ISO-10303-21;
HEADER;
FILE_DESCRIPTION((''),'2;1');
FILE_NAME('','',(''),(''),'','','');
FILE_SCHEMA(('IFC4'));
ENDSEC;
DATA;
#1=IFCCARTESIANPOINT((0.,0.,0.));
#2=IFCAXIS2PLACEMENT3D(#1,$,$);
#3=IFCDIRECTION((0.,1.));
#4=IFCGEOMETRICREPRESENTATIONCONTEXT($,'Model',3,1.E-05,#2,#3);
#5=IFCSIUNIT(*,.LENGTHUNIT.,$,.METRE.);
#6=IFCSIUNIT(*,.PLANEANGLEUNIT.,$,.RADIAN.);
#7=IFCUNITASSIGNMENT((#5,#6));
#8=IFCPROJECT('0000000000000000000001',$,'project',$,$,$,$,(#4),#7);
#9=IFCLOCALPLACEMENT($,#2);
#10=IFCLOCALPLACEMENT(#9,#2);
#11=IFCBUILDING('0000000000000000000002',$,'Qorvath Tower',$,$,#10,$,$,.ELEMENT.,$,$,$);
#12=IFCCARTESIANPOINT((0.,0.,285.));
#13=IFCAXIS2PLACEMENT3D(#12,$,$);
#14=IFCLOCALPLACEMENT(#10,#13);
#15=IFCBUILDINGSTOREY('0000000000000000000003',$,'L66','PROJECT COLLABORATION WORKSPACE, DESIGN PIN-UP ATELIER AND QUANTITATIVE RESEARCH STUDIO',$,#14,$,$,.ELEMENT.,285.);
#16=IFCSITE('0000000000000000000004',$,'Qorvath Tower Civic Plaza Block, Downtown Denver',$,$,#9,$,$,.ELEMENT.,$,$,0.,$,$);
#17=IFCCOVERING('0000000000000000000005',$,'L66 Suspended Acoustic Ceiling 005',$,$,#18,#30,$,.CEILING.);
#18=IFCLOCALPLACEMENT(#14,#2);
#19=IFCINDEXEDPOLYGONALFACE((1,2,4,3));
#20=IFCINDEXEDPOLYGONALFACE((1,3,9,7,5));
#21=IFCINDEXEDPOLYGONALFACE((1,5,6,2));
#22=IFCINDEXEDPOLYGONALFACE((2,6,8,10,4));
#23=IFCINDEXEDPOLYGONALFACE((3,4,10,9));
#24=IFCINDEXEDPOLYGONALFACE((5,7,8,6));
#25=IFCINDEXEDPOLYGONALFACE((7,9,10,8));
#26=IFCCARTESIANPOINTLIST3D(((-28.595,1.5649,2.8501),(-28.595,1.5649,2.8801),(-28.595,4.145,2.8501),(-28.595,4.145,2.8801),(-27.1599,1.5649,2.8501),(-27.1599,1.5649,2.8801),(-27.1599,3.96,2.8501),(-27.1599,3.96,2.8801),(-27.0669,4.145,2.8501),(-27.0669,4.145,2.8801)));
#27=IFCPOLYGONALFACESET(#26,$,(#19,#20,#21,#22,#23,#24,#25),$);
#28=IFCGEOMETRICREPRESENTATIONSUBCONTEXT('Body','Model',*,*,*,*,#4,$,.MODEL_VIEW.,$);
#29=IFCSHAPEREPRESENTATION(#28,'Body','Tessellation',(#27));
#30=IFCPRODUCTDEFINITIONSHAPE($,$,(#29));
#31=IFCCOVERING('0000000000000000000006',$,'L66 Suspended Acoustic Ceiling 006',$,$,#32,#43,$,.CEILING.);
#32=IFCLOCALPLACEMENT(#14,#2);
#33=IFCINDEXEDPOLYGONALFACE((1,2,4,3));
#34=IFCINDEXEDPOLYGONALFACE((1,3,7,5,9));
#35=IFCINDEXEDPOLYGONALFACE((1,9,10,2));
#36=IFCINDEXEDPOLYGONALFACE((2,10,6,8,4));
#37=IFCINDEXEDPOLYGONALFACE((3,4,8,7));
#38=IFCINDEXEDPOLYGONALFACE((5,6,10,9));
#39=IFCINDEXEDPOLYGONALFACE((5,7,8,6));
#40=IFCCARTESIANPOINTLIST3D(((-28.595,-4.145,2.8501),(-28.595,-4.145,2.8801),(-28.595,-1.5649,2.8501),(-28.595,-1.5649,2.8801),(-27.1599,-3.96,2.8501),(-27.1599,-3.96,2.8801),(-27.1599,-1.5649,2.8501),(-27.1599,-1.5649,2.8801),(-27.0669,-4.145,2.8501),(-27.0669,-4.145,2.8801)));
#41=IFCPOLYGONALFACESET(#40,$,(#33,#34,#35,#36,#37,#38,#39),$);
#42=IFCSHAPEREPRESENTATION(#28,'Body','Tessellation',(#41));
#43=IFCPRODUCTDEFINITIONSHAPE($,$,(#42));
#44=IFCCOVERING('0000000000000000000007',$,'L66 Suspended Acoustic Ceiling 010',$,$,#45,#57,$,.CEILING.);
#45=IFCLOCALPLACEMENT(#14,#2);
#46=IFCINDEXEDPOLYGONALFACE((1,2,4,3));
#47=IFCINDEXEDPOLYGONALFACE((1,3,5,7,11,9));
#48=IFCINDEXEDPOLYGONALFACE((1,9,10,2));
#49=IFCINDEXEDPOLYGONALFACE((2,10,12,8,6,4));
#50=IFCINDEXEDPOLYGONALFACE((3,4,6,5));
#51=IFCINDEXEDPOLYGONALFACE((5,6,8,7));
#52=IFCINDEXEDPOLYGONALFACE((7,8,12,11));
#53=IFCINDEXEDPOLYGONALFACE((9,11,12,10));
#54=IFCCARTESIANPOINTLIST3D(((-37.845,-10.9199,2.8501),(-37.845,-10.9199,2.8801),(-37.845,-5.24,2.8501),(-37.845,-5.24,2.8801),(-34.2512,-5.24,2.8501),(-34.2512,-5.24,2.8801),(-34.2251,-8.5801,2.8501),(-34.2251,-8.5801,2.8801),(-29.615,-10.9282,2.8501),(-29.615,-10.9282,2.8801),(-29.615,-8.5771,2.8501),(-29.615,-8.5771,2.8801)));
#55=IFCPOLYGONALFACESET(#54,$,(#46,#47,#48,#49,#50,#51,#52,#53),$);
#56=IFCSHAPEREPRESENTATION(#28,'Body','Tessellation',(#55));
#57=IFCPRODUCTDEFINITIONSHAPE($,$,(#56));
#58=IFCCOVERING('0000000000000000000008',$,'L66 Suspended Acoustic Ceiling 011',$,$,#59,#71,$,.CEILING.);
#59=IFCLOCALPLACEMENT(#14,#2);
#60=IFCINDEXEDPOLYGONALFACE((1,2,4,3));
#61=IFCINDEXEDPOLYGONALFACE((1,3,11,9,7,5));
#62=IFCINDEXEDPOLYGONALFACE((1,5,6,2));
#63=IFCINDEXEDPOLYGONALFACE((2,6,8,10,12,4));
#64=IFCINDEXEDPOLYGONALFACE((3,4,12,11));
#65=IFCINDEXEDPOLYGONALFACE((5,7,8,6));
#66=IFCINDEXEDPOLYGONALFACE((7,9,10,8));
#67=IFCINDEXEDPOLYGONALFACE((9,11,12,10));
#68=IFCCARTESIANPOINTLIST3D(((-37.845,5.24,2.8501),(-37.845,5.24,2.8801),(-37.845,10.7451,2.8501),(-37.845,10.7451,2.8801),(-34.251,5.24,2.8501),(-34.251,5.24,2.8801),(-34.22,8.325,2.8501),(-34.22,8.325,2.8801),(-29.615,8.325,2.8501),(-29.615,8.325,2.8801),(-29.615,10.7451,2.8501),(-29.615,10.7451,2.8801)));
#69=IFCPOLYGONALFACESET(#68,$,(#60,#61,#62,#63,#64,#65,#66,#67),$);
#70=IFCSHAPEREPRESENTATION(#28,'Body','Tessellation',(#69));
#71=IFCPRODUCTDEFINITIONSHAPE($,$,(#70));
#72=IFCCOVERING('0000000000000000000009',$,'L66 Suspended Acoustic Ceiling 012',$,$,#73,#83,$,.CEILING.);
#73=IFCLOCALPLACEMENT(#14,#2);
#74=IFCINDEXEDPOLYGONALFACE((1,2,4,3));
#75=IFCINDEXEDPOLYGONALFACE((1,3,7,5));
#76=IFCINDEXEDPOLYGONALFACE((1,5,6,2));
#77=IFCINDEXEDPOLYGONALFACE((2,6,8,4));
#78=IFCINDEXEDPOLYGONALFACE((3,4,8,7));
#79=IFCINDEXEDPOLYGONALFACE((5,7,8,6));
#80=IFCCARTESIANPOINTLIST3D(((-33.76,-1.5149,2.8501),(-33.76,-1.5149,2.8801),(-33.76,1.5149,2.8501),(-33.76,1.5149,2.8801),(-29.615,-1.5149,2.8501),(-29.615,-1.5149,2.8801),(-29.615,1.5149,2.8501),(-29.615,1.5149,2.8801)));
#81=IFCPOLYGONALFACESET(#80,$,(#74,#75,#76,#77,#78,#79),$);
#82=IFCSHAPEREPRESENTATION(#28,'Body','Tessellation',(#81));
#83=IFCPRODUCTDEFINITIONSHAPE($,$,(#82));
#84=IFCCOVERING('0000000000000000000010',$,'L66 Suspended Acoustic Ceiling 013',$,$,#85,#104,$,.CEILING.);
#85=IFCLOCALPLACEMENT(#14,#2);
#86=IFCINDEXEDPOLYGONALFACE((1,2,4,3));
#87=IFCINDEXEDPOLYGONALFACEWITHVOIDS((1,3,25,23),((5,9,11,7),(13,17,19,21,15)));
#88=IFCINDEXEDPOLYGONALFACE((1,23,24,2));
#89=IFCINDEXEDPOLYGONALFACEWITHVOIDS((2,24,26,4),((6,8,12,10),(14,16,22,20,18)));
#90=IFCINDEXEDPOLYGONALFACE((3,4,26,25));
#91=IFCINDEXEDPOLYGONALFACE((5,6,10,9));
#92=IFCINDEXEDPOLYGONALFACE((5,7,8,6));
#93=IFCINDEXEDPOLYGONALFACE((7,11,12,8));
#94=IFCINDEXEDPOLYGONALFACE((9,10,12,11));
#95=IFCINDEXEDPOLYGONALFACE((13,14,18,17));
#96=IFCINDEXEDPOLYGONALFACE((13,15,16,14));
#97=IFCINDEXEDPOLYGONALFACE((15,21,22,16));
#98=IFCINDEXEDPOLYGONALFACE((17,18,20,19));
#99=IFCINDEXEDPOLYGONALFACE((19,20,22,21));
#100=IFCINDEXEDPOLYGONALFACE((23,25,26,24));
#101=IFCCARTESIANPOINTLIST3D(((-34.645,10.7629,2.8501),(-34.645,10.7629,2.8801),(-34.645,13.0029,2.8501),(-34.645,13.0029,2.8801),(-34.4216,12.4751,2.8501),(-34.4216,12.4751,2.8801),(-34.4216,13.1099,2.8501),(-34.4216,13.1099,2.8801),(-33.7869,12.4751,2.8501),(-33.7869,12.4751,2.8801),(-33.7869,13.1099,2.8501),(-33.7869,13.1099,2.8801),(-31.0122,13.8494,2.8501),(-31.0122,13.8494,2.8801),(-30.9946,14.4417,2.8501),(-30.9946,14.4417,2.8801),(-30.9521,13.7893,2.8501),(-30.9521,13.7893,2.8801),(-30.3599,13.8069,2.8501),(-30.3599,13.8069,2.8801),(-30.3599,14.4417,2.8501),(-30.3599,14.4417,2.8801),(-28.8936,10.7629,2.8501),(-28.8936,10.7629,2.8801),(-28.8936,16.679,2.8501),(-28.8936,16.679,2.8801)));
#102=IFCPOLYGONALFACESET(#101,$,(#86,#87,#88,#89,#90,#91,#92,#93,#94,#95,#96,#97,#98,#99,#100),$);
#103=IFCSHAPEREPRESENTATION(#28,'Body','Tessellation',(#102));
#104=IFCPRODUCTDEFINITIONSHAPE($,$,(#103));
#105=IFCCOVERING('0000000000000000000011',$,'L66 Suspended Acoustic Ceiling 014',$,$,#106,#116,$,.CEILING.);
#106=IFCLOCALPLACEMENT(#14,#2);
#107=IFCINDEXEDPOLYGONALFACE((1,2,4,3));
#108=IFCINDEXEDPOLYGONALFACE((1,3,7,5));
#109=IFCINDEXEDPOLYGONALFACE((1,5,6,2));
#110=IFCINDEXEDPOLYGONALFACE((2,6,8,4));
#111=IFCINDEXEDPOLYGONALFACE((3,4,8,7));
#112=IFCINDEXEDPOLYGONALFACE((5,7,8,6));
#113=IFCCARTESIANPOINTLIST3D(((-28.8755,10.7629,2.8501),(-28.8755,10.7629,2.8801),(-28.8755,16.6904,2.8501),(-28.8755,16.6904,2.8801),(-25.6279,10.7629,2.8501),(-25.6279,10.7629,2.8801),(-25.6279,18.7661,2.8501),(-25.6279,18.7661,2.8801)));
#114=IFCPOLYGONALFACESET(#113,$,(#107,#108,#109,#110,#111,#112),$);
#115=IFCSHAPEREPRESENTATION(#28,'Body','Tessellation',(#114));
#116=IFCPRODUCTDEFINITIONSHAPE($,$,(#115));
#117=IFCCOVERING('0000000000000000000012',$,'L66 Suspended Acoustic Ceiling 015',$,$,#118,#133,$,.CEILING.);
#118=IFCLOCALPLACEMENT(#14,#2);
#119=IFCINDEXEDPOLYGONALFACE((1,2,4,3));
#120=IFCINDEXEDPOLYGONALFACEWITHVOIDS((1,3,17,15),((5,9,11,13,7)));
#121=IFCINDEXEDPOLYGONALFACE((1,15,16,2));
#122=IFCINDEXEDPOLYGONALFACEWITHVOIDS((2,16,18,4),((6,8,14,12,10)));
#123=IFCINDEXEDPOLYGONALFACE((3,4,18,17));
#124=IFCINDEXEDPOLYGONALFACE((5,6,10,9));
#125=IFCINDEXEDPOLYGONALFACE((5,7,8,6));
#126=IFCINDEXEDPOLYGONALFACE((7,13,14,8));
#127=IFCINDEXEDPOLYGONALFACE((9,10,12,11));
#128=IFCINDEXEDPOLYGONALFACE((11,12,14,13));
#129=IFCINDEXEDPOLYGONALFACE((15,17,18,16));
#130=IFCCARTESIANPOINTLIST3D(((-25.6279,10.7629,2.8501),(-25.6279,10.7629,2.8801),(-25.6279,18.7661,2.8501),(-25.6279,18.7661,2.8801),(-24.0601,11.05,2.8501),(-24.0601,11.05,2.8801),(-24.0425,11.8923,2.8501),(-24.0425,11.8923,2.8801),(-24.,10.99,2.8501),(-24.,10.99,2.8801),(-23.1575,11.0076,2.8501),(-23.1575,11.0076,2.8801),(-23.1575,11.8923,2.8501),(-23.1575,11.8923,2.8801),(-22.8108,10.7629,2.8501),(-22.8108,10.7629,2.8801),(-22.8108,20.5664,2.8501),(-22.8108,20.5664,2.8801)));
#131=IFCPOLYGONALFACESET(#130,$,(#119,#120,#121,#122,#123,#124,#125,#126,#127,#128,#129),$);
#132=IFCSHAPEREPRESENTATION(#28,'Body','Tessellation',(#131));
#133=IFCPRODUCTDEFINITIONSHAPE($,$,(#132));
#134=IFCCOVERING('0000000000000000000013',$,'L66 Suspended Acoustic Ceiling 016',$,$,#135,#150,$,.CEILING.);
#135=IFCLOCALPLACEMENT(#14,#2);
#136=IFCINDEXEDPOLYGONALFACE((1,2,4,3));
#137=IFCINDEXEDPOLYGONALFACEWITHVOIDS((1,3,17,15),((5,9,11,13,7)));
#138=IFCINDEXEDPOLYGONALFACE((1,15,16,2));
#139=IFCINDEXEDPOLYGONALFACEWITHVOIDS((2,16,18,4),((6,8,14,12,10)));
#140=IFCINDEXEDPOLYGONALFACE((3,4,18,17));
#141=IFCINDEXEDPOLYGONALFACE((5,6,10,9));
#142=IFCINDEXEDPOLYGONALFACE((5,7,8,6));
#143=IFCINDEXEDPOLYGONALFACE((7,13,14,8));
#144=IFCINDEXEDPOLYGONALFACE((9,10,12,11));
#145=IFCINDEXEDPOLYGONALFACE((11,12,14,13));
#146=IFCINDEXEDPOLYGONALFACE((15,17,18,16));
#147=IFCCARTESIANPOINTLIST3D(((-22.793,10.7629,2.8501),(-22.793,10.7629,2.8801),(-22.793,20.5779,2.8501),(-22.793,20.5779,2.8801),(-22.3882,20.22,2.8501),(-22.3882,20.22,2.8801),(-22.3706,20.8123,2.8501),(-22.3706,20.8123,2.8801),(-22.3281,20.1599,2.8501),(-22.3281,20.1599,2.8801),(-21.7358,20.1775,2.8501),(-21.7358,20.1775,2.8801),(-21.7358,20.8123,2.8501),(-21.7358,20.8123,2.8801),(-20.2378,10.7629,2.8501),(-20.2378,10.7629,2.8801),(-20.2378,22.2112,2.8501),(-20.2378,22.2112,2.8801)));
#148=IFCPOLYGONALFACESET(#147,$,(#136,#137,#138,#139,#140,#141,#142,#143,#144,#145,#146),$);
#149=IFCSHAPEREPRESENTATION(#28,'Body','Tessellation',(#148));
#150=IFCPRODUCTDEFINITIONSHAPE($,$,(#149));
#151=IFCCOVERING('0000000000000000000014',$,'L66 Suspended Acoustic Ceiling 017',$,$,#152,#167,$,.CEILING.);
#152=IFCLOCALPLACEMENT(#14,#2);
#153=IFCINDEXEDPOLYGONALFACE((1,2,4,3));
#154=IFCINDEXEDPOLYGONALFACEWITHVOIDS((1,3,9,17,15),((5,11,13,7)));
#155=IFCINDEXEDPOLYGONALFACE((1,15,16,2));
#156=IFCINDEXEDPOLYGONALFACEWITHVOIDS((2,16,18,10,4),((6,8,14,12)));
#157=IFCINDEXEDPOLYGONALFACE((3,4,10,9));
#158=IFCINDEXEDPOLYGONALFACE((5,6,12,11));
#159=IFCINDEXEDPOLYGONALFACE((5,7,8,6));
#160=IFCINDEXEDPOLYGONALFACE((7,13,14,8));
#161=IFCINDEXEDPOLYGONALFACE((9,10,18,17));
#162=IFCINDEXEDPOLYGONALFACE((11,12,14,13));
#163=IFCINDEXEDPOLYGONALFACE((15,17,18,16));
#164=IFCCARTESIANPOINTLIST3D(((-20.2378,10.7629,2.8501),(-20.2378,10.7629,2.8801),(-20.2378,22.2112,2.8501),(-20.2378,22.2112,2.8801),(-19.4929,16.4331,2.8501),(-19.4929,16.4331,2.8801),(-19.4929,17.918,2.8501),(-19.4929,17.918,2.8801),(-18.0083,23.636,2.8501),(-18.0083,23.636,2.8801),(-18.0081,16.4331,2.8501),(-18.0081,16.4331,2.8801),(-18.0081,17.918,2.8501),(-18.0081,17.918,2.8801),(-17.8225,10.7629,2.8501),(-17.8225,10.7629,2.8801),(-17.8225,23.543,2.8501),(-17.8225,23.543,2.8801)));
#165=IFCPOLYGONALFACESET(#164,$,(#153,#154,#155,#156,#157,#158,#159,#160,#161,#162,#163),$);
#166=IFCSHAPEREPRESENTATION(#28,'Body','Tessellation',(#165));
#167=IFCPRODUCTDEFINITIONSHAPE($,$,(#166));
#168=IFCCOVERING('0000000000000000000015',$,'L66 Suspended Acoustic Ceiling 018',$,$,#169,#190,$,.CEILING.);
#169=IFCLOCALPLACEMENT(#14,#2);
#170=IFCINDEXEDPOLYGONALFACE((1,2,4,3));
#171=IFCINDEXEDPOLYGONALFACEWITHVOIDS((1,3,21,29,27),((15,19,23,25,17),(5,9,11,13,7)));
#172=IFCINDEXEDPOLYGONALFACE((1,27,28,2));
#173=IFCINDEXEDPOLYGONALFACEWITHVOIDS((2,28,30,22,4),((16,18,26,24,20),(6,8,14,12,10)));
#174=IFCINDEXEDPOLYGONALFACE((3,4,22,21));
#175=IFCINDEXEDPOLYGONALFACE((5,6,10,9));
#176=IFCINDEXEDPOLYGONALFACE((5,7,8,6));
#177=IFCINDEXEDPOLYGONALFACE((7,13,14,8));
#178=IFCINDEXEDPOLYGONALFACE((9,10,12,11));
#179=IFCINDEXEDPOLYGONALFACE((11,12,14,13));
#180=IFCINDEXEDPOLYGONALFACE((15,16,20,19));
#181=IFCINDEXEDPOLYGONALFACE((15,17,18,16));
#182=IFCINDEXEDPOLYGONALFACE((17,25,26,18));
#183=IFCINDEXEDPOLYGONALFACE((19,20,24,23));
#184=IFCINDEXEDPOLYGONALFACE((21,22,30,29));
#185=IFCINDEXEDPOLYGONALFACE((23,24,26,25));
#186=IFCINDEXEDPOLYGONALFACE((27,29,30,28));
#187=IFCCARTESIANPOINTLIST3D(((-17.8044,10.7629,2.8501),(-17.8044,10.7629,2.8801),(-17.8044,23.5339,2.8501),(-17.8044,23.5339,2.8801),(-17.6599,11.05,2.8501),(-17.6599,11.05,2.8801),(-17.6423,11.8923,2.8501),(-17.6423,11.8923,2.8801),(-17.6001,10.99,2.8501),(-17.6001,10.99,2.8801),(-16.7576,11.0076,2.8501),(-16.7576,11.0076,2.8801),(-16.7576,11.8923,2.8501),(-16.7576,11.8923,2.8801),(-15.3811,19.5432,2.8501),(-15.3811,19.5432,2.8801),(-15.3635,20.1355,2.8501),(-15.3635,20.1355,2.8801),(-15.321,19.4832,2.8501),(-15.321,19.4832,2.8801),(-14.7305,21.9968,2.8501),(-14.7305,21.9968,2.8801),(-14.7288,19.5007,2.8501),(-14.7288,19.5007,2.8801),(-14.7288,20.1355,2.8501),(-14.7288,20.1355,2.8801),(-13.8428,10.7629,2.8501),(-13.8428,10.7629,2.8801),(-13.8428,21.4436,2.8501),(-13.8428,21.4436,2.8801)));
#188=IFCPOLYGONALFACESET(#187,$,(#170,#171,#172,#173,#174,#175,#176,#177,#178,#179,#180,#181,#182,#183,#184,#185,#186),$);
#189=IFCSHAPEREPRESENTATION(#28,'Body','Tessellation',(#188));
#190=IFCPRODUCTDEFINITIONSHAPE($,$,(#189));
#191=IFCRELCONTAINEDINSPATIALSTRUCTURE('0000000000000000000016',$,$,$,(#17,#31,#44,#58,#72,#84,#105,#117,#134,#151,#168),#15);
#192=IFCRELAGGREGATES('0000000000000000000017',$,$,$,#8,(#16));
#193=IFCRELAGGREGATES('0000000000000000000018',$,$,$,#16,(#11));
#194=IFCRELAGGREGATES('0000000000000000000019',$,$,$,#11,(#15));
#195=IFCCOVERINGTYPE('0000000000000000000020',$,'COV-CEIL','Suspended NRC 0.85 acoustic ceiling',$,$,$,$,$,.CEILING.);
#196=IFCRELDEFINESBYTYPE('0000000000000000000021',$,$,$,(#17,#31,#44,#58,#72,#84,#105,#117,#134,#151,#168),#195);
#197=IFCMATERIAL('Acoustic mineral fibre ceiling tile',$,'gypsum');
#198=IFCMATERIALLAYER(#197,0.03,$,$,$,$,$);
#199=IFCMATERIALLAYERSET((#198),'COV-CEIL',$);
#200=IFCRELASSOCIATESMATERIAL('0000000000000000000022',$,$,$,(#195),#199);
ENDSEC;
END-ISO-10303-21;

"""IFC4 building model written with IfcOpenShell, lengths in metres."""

from ifc_helpers import new_model, si_unit, direction, frame, origin, place, context, subcontext, project, spatial, polyline, outline, extrude, material, layer, layer_set, type_object, element, save


model = new_model("IFC4")

# Units and contexts
model_context = context("Model", 3, precision=1e-05, world=origin(), true_north=direction((0.0, 1.0)))
body_context = subcontext(model_context, "Body", "Model", "MODEL_VIEW")
ifc_project = project(units=[si_unit("LENGTHUNIT", "METRE"), si_unit("PLANEANGLEUNIT", "RADIAN")], contexts=[model_context])

# Site, building, storey
site_placement = place(None, origin())
site = spatial("IfcSite", under=ifc_project, at=site_placement, Name="Qorvath Tower Civic Plaza Block, Downtown Denver", CompositionType="ELEMENT", RefElevation=0.0)
building_placement = place(site_placement, origin())
building = spatial("IfcBuilding", under=site, at=building_placement, Name="Qorvath Tower", CompositionType="ELEMENT")
storey_placement = place(building_placement, frame((0.0, 0.0, 285.0)))
storey = spatial("IfcBuildingStorey", under=building, at=storey_placement, Name="L66", Description="PROJECT COLLABORATION WORKSPACE, DESIGN PIN-UP ATELIER AND QUANTITATIVE RESEARCH STUDIO", CompositionType="ELEMENT", Elevation=285.0)

# Coverings
ifc_material_1 = material(Name="Acoustic mineral fibre ceiling tile", Category="gypsum")
ifc_layer_1 = layer(ifc_material_1, 0.03)
ifc_layer_set_1 = layer_set([ifc_layer_1], Name="COV-CEIL")
covering_type_1 = type_object("IfcCoveringType", Name="COV-CEIL", Description="Suspended NRC 0.85 acoustic ceiling", PredefinedType="CEILING", material=ifc_layer_set_1)
covering_1_placement = place(storey_placement, frame((0.0, 0.0, 2.8501)))
element("IfcCovering", 1, at=covering_1_placement, inside=storey, type_object=covering_type_1, Name="L66 Suspended Acoustic Ceiling 005", PredefinedType="CEILING", context=body_context, shape_type="SweptSolid", body=[
    extrude(outline(polyline([(-27.1599, 1.5649), (-27.1599, 3.96), (-27.0669, 4.145), (-28.595, 4.145), (-28.595, 1.5649), (-27.1599, 1.5649)])), origin(), (0.0, 0.0, 1.0), 0.03),
])
covering_2_placement = place(storey_placement, frame((0.0, 0.0, 2.8501)))
element("IfcCovering", 2, at=covering_2_placement, inside=storey, type_object=covering_type_1, Name="L66 Suspended Acoustic Ceiling 006", PredefinedType="CEILING", context=body_context, shape_type="SweptSolid", body=[
    extrude(outline(polyline([(-27.0669, -4.145), (-27.1599, -3.96), (-27.1599, -1.5649), (-28.595, -1.5649), (-28.595, -4.145), (-27.0669, -4.145)])), origin(), (0.0, 0.0, 1.0), 0.03),
])
covering_3_placement = place(storey_placement, frame((0.0, 0.0, 2.8501)))
element("IfcCovering", 3, at=covering_3_placement, inside=storey, type_object=covering_type_1, Name="L66 Suspended Acoustic Ceiling 010", PredefinedType="CEILING", context=body_context, shape_type="SweptSolid", body=[
    extrude(outline(polyline([(-34.2251, -8.5801), (-34.2512, -5.24), (-37.845, -5.24), (-37.845, -10.9199), (-29.615, -10.9282), (-29.615, -8.5771), (-34.2251, -8.5801)])), origin(), (0.0, 0.0, 1.0), 0.03),
])
covering_4_placement = place(storey_placement, frame((0.0, 0.0, 2.8501)))
element("IfcCovering", 4, at=covering_4_placement, inside=storey, type_object=covering_type_1, Name="L66 Suspended Acoustic Ceiling 011", PredefinedType="CEILING", context=body_context, shape_type="SweptSolid", body=[
    extrude(outline(polyline([(-29.615, 8.325), (-29.615, 10.7451), (-37.845, 10.7451), (-37.845, 5.24), (-34.251, 5.24), (-34.22, 8.325), (-29.615, 8.325)])), origin(), (0.0, 0.0, 1.0), 0.03),
])
covering_5_placement = place(storey_placement, frame((0.0, 0.0, 2.8501)))
element("IfcCovering", 5, at=covering_5_placement, inside=storey, type_object=covering_type_1, Name="L66 Suspended Acoustic Ceiling 012", PredefinedType="CEILING", context=body_context, shape_type="SweptSolid", body=[
    extrude(outline(polyline([(-29.615, -1.5149), (-29.615, 1.5149), (-33.76, 1.5149), (-33.76, -1.5149), (-29.615, -1.5149)])), origin(), (0.0, 0.0, 1.0), 0.03),
])
covering_6_placement = place(storey_placement, frame((0.0, 0.0, 2.8501)))
element("IfcCovering", 6, at=covering_6_placement, inside=storey, type_object=covering_type_1, Name="L66 Suspended Acoustic Ceiling 013", PredefinedType="CEILING", context=body_context, shape_type="SweptSolid", body=[
    extrude(outline(polyline([(-28.8936, 16.679), (-34.645, 13.0029), (-34.645, 10.7629), (-28.8936, 10.7629), (-28.8936, 16.679)]), holes=[polyline([(-30.9946, 14.4417), (-30.3599, 14.4417), (-30.3599, 13.8069), (-30.9521, 13.7893), (-31.0122, 13.8494), (-30.9946, 14.4417)]), polyline([(-34.4216, 13.1099), (-33.7869, 13.1099), (-33.7869, 12.4751), (-34.4216, 12.4751), (-34.4216, 13.1099)])]), origin(), (0.0, 0.0, 1.0), 0.03),
])
covering_7_placement = place(storey_placement, frame((0.0, 0.0, 2.8501)))
element("IfcCovering", 7, at=covering_7_placement, inside=storey, type_object=covering_type_1, Name="L66 Suspended Acoustic Ceiling 014", PredefinedType="CEILING", context=body_context, shape_type="SweptSolid", body=[
    extrude(outline(polyline([(-28.8755, 10.7629), (-25.6279, 10.7629), (-25.6279, 18.7661), (-28.8755, 16.6904), (-28.8755, 10.7629)])), origin(), (0.0, 0.0, 1.0), 0.03),
])
covering_8_placement = place(storey_placement, frame((0.0, 0.0, 2.8501)))
element("IfcCovering", 8, at=covering_8_placement, inside=storey, type_object=covering_type_1, Name="L66 Suspended Acoustic Ceiling 015", PredefinedType="CEILING", context=body_context, shape_type="SweptSolid", body=[
    extrude(outline(polyline([(-25.6279, 18.7661), (-25.6279, 10.7629), (-22.8108, 10.7629), (-22.8108, 20.5664), (-25.6279, 18.7661)]), holes=[polyline([(-24.0601, 11.05), (-24.0425, 11.8923), (-23.1575, 11.8923), (-23.1575, 11.0076), (-24.0, 10.99), (-24.0601, 11.05)])]), origin(), (0.0, 0.0, 1.0), 0.03),
])
covering_9_placement = place(storey_placement, frame((0.0, 0.0, 2.8501)))
element("IfcCovering", 9, at=covering_9_placement, inside=storey, type_object=covering_type_1, Name="L66 Suspended Acoustic Ceiling 016", PredefinedType="CEILING", context=body_context, shape_type="SweptSolid", body=[
    extrude(outline(polyline([(-20.2378, 10.7629), (-20.2378, 22.2112), (-22.793, 20.5779), (-22.793, 10.7629), (-20.2378, 10.7629)]), holes=[polyline([(-22.3882, 20.22), (-22.3706, 20.8123), (-21.7358, 20.8123), (-21.7358, 20.1775), (-22.3281, 20.1599), (-22.3882, 20.22)])]), origin(), (0.0, 0.0, 1.0), 0.03),
])
covering_10_placement = place(storey_placement, frame((0.0, 0.0, 2.8501)))
element("IfcCovering", 10, at=covering_10_placement, inside=storey, type_object=covering_type_1, Name="L66 Suspended Acoustic Ceiling 017", PredefinedType="CEILING", context=body_context, shape_type="SweptSolid", body=[
    extrude(outline(polyline([(-17.8225, 10.7629), (-17.8225, 23.543), (-18.0083, 23.636), (-20.2378, 22.2112), (-20.2378, 10.7629), (-17.8225, 10.7629)]), holes=[polyline([(-19.4929, 16.4331), (-19.4929, 17.918), (-18.0081, 17.918), (-18.0081, 16.4331), (-19.4929, 16.4331)])]), origin(), (0.0, 0.0, 1.0), 0.03),
])
covering_11_placement = place(storey_placement, frame((0.0, 0.0, 2.8501)))
element("IfcCovering", 11, at=covering_11_placement, inside=storey, type_object=covering_type_1, Name="L66 Suspended Acoustic Ceiling 018", PredefinedType="CEILING", context=body_context, shape_type="SweptSolid", body=[
    extrude(outline(polyline([(-13.8428, 10.7629), (-13.8428, 21.4436), (-14.7305, 21.9968), (-17.8044, 23.5339), (-17.8044, 10.7629), (-13.8428, 10.7629)]), holes=[polyline([(-15.3811, 19.5432), (-15.3635, 20.1355), (-14.7288, 20.1355), (-14.7288, 19.5007), (-15.321, 19.4832), (-15.3811, 19.5432)]), polyline([(-17.6599, 11.05), (-17.6423, 11.8923), (-16.7576, 11.8923), (-16.7576, 11.0076), (-17.6001, 10.99), (-17.6599, 11.05)])]), origin(), (0.0, 0.0, 1.0), 0.03),
])

save(model, "model.ifc")
